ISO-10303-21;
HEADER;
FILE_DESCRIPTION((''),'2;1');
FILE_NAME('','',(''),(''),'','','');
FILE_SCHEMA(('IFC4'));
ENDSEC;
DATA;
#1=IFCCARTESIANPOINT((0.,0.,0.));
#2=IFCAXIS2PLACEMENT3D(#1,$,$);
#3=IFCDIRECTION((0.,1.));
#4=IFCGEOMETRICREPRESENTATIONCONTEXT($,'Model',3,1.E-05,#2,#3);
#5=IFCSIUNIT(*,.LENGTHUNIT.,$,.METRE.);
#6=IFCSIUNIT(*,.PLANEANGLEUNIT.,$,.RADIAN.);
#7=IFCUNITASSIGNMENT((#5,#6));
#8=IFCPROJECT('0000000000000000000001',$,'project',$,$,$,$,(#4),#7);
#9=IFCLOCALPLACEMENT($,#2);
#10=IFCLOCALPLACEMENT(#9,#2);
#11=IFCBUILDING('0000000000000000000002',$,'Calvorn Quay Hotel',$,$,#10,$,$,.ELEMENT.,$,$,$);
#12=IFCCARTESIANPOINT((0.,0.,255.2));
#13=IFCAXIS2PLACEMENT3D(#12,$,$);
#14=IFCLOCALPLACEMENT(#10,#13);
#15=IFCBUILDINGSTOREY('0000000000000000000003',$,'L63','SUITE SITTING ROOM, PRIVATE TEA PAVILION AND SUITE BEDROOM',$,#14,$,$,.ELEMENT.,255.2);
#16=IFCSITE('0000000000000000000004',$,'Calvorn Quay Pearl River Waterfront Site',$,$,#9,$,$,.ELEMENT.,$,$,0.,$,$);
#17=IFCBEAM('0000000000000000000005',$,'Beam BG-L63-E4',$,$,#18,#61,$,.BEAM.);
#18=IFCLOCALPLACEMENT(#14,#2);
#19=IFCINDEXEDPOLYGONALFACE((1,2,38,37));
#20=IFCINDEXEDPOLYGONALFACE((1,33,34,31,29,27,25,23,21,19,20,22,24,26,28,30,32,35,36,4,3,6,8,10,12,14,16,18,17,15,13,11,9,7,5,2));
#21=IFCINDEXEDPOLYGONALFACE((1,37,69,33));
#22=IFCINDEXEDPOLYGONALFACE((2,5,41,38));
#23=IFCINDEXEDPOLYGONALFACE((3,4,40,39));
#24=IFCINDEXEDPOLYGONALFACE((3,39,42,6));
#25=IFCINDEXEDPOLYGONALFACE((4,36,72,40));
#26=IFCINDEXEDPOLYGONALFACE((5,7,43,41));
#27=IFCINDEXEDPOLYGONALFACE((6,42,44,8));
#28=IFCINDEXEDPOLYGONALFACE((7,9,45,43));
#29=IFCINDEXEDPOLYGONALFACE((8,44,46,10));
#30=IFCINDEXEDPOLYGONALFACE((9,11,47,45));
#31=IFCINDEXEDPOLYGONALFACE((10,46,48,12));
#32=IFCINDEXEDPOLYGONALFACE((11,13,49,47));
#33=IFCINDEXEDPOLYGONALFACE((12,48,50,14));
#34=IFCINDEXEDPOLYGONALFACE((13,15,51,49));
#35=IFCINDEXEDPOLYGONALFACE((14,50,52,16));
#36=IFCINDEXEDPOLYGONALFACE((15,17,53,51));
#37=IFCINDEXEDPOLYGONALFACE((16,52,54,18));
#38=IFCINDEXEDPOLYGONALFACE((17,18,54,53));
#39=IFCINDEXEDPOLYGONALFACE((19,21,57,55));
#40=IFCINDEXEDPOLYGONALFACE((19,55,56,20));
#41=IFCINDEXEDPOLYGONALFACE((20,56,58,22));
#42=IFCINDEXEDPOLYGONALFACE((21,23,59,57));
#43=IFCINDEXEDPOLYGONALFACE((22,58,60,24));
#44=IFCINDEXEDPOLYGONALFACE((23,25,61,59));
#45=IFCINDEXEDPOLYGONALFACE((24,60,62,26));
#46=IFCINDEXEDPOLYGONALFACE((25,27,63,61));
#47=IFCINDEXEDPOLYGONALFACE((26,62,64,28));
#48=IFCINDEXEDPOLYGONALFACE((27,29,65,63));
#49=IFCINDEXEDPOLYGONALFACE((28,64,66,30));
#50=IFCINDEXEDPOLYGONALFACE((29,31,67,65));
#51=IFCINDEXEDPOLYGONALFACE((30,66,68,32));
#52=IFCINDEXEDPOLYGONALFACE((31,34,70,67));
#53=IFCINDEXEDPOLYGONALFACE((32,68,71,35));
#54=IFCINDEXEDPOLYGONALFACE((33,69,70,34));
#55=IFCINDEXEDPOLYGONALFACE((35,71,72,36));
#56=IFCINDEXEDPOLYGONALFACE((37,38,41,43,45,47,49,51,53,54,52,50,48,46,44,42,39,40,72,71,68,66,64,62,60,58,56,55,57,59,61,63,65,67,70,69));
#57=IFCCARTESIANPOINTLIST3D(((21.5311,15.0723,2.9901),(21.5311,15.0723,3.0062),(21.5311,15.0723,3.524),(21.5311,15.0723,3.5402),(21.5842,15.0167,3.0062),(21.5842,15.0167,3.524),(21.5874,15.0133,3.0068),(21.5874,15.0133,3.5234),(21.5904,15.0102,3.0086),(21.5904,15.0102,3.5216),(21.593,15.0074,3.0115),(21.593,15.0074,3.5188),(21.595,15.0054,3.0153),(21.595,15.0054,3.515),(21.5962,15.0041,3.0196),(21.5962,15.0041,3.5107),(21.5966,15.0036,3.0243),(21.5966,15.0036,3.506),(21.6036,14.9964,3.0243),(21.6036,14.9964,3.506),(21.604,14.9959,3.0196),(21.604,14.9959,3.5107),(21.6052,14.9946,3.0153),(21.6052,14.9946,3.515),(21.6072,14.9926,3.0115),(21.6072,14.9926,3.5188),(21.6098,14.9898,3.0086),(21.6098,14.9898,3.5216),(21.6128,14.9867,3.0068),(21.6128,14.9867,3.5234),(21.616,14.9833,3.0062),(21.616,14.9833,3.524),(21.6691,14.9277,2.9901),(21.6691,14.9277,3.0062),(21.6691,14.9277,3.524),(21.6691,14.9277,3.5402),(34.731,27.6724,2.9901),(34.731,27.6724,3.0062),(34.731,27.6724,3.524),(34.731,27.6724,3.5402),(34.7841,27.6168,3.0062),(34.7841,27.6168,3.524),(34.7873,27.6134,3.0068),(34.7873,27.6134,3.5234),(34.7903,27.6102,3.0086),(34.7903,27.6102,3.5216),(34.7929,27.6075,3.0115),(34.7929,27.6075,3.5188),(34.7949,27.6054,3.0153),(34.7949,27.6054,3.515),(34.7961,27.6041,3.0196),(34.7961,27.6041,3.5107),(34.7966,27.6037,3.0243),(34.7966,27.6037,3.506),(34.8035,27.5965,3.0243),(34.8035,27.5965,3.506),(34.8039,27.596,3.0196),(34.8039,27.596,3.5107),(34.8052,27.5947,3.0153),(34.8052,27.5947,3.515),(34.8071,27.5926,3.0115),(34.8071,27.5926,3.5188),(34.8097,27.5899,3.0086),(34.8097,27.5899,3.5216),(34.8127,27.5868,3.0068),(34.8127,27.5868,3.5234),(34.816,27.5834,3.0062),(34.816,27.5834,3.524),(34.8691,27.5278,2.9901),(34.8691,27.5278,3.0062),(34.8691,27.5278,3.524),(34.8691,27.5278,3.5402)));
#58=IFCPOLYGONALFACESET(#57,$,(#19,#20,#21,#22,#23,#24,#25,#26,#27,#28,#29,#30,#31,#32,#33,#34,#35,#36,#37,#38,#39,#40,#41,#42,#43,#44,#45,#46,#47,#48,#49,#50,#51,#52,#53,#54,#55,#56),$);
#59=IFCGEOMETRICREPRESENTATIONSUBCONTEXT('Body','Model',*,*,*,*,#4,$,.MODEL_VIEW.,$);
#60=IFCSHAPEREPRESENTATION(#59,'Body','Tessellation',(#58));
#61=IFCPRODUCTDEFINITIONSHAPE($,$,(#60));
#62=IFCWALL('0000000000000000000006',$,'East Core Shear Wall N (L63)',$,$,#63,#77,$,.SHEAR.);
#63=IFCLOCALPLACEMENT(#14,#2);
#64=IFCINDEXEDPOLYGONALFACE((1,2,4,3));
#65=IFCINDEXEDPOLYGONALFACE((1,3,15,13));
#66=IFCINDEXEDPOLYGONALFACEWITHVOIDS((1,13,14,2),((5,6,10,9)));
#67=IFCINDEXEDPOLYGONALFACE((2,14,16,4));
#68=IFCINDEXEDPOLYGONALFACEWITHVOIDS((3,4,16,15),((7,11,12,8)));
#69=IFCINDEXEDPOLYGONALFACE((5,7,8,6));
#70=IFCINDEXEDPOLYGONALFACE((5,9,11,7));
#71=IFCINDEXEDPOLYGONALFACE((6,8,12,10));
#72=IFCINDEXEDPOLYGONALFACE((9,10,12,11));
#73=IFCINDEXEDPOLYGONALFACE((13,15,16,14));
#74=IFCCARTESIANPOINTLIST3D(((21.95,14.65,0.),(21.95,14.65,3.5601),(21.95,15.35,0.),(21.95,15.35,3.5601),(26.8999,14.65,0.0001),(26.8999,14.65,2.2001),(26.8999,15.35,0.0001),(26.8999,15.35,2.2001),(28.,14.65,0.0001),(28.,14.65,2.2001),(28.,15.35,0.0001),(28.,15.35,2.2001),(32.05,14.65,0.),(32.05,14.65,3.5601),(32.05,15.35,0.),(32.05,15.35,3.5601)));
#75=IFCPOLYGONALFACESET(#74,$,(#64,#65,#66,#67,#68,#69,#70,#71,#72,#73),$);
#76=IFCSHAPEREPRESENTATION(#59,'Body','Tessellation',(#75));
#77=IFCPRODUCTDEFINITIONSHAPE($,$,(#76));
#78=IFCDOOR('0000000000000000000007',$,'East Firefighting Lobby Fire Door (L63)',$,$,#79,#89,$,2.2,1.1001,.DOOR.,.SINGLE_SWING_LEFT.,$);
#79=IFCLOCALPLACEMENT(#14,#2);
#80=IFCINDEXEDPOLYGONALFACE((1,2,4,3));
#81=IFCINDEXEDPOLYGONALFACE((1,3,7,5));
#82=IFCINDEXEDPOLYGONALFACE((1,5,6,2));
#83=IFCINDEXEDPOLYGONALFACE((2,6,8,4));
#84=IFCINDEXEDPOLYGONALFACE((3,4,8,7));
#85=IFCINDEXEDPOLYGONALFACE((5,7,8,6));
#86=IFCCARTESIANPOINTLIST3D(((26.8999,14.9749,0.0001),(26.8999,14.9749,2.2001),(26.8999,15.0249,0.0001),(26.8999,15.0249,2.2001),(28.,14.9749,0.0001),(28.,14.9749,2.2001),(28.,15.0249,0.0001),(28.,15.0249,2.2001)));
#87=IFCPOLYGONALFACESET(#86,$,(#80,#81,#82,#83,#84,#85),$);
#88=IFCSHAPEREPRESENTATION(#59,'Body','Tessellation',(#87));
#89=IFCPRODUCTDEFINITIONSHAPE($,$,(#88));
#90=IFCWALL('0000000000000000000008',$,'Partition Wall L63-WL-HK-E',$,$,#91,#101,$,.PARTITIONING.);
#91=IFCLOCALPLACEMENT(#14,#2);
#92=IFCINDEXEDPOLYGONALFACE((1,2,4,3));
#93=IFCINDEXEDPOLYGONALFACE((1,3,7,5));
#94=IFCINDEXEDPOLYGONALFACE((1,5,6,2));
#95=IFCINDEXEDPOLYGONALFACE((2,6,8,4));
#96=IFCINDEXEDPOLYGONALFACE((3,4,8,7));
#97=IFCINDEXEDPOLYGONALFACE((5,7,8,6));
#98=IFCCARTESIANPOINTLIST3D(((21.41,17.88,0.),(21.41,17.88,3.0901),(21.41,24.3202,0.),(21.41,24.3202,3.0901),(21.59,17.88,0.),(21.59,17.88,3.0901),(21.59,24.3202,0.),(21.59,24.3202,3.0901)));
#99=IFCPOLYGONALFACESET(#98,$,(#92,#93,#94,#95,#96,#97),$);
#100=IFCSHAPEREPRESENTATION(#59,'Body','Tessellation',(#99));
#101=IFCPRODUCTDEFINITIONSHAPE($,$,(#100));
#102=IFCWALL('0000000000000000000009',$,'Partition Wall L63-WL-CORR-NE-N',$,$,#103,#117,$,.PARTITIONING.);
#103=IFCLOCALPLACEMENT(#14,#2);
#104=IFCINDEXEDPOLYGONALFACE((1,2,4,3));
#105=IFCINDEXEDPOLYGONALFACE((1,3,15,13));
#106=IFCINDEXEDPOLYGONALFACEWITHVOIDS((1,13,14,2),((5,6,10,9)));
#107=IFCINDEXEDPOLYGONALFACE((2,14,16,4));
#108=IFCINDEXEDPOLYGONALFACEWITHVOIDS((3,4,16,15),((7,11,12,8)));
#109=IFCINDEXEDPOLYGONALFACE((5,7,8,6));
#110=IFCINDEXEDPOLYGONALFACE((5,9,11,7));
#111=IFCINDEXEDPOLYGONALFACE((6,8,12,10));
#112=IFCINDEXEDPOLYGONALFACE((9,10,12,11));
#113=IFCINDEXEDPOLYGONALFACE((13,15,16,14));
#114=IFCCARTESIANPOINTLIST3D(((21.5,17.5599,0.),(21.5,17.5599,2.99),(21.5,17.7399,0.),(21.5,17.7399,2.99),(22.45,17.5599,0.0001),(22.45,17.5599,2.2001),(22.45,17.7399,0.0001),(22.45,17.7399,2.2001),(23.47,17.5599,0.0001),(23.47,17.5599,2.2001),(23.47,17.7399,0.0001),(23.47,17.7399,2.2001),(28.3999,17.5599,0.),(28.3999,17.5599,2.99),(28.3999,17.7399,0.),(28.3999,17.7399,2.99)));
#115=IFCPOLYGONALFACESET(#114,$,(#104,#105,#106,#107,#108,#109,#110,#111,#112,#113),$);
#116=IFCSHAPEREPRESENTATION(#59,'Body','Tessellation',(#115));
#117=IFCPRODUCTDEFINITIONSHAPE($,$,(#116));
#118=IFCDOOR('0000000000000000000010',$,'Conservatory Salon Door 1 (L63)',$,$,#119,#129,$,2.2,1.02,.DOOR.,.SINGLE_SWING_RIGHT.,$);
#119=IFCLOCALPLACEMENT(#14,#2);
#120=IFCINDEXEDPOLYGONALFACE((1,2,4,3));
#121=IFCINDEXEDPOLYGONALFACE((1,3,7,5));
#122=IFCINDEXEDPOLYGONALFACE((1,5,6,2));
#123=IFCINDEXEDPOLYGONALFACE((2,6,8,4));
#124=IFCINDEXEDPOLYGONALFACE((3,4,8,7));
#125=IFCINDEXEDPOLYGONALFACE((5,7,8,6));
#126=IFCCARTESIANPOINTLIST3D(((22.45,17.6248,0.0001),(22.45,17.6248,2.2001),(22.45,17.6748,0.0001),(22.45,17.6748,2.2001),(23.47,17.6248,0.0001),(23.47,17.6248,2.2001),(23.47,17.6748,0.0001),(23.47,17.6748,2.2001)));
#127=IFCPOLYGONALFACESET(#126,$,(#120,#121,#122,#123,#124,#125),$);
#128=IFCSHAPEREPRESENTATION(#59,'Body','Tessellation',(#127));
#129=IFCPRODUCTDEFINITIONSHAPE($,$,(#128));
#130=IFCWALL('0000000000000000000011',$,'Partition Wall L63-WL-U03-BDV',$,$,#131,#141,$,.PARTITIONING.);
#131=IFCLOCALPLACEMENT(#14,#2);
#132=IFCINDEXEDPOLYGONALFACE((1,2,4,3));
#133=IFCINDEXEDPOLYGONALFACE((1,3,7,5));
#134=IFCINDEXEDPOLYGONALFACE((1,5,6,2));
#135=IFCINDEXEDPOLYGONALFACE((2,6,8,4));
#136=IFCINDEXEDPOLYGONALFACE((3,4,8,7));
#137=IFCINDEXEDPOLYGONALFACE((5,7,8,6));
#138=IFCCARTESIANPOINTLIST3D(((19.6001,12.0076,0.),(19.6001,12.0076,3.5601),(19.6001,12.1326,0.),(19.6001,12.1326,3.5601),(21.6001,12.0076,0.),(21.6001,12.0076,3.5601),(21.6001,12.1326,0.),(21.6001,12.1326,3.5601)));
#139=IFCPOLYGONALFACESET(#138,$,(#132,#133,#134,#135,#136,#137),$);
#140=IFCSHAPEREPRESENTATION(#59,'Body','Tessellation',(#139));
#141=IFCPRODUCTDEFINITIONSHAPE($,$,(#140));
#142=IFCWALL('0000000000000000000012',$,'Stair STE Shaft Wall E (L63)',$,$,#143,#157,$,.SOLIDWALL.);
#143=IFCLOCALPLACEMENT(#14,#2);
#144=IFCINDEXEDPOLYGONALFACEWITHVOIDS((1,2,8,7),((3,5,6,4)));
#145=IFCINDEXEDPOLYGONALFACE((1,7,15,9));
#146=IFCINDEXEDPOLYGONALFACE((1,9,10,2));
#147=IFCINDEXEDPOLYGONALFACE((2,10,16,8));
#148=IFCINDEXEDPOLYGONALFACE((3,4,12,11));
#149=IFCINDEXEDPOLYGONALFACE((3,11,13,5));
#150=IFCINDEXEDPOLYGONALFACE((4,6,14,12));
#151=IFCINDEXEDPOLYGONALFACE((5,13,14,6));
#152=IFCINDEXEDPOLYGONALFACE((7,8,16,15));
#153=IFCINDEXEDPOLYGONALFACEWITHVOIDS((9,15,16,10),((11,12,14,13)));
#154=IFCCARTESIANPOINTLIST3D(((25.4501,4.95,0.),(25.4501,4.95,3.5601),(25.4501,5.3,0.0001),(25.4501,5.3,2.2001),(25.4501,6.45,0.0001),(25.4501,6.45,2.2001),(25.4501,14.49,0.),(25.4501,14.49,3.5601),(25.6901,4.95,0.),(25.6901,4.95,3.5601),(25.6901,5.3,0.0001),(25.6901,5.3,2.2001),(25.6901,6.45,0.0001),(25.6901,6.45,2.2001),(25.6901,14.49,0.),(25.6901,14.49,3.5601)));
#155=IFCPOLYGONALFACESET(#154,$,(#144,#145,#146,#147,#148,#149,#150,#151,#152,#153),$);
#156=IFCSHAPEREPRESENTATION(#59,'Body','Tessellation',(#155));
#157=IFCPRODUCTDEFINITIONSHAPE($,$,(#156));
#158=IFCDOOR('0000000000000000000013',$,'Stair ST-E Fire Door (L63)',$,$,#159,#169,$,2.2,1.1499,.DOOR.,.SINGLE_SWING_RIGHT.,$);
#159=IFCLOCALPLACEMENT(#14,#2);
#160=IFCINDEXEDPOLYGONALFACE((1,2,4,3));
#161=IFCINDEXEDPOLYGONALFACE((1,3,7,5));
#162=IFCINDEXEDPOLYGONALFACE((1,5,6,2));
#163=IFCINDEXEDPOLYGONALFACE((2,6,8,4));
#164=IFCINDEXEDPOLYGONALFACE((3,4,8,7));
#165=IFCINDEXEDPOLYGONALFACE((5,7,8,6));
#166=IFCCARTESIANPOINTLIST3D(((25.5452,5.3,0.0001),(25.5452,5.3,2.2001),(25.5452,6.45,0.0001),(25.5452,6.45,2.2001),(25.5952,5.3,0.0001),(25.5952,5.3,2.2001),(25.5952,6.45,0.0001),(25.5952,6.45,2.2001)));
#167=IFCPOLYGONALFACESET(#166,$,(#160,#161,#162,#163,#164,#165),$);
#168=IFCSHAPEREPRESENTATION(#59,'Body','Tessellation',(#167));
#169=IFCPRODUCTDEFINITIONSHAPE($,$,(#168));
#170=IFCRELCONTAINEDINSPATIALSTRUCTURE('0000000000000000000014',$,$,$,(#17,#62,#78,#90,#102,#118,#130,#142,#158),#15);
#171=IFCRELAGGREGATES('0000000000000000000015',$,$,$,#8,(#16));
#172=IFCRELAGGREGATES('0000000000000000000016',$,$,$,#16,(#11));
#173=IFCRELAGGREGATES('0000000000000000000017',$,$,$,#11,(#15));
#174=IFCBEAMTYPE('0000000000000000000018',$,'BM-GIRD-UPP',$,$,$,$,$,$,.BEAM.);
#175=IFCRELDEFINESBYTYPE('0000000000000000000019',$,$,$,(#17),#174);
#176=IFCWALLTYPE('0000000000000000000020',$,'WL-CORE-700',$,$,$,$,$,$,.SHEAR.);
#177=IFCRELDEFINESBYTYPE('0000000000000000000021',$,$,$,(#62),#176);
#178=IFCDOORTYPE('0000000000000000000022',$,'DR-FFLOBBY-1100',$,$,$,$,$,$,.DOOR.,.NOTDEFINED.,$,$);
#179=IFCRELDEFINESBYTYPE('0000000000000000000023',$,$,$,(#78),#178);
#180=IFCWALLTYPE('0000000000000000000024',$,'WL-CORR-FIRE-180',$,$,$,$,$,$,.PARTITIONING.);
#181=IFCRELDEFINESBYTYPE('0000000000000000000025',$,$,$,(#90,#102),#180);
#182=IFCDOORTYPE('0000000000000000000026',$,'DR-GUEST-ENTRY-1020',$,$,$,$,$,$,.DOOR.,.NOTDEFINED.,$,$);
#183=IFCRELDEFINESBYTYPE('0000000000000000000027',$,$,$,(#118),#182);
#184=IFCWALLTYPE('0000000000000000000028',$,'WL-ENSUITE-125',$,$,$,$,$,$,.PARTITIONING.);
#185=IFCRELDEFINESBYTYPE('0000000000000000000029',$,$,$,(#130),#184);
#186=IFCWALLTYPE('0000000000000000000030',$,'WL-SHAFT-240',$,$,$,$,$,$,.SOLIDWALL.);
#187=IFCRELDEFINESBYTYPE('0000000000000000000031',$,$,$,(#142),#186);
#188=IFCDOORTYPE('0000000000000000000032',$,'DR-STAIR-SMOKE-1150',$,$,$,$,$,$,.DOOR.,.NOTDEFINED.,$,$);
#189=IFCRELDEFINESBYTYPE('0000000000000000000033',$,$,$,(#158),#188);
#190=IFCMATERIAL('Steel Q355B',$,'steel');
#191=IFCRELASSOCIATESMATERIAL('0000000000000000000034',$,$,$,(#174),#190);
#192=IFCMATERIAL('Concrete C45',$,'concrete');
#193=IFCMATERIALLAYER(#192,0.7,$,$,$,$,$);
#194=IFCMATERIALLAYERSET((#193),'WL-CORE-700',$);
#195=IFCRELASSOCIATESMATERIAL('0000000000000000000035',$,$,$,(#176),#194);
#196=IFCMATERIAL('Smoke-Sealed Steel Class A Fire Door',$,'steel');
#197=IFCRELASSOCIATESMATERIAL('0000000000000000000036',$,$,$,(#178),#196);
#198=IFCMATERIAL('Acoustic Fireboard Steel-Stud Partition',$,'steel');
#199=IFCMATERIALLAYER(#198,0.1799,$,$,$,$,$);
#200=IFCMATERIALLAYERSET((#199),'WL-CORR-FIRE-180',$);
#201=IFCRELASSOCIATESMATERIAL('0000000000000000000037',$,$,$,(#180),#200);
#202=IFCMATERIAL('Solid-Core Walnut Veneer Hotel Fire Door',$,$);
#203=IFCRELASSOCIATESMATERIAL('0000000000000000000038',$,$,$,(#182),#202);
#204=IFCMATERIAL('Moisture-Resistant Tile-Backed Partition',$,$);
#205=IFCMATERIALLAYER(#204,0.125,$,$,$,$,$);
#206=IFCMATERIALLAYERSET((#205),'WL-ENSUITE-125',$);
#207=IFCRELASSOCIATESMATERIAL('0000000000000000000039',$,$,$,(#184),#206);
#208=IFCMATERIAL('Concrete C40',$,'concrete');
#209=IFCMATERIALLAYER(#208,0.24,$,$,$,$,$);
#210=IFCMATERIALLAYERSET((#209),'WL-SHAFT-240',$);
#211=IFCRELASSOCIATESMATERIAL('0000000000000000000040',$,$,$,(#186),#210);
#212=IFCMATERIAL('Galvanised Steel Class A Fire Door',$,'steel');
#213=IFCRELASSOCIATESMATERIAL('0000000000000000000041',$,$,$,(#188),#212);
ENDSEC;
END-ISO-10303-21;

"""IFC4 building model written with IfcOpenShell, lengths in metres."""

from ifc_helpers import new_model, si_unit, direction, frame, frame_2d, origin, origin_2d, place, context, subcontext, project, spatial, rectangle, i_section, extrude, material, layer, layer_set, material_profile, profile_set, type_object, element, fill, save


model = new_model("IFC4")

# Units and contexts
model_context = context("Model", 3, precision=1e-05, world=origin(), true_north=direction((0.0, 1.0)))
body_context = subcontext(model_context, "Body", "Model", "MODEL_VIEW")
ifc_project = project(units=[si_unit("LENGTHUNIT", "METRE"), si_unit("PLANEANGLEUNIT", "RADIAN")], contexts=[model_context])

# Site, building, storey
site_placement = place(None, origin())
site = spatial("IfcSite", under=ifc_project, at=site_placement, Name="Calvorn Quay Pearl River Waterfront Site", CompositionType="ELEMENT", RefElevation=0.0)
building_placement = place(site_placement, origin())
building = spatial("IfcBuilding", under=site, at=building_placement, Name="Calvorn Quay Hotel", CompositionType="ELEMENT")
storey_placement = place(building_placement, frame((0.0, 0.0, 255.2)))
storey = spatial("IfcBuildingStorey", under=building, at=storey_placement, Name="L63", Description="SUITE SITTING ROOM, PRIVATE TEA PAVILION AND SUITE BEDROOM", CompositionType="ELEMENT", Elevation=255.2)

# Beam
ifc_material_1 = material(Name="Steel Q355B", Category="steel")
ifc_material_profile = material_profile(ifc_material_1, i_section(OverallWidth=0.2, OverallDepth=0.55, WebThickness=0.01, FlangeThickness=0.0161, FilletRadius=0.0181, at=origin_2d()), Name="HN550x200x10x16")
ifc_profile_set = profile_set([ifc_material_profile], Name="Steel Q355B")
beam_type = type_object("IfcBeamType", Name="BM-GIRD-UPP", PredefinedType="BEAM", material=ifc_profile_set)
beam_placement = place(storey_placement, frame((21.6001, 15.0, 3.2651), z_axis=(0.723352, 0.69048, 0.0), x_axis=(-0.69048, 0.723352, 0.0)))
element("IfcBeam", 1, at=beam_placement, inside=storey, type_object=beam_type, Name="Beam BG-L63-E4", PredefinedType="BEAM", context=body_context, shape_type="SweptSolid", body=[
    extrude(i_section(OverallWidth=0.2, OverallDepth=0.55, WebThickness=0.01, FlangeThickness=0.0161, FilletRadius=0.0181, at=origin_2d()), origin(), (0.0, 0.0, 1.0), 18.2483),
])

# Wall, opening, door
ifc_material_2 = material(Name="Concrete C45", Category="concrete")
ifc_layer_1 = layer(ifc_material_2, 0.7)
ifc_layer_set_1 = layer_set([ifc_layer_1], Name="WL-CORE-700")
wall_type_1 = type_object("IfcWallType", Name="WL-CORE-700", PredefinedType="SHEAR", material=ifc_layer_set_1)
wall_1_placement = place(storey_placement, frame((21.95, 15.0, 0.0), z_axis=(0.0, 0.0, 1.0), x_axis=(1.0, 0.0, 0.0)))
wall_1 = element("IfcWall", 2, at=wall_1_placement, inside=storey, type_object=wall_type_1, Name="East Core Shear Wall N (L63)", PredefinedType="SHEAR", context=body_context, shape_type="SweptSolid", body=[
    extrude(rectangle(XDim=10.1001, YDim=0.7, at=frame_2d((5.05, 0.0))), origin(), (0.0, 0.0, 1.0), 3.5601),
])
opening_1_placement = place(wall_1_placement, frame((4.95, 0.0, 0.0)))
opening_1 = element("IfcOpeningElement", 3, at=opening_1_placement, cuts=wall_1, PredefinedType="OPENING", context=body_context, shape_type="SweptSolid", body=[
    extrude(rectangle(XDim=1.1001, YDim=2.2, at=frame_2d((0.55, 1.1001))), frame((0.0, 0.3599, 0.0), z_axis=(0.0, -1.0, 0.0), x_axis=(1.0, 0.0, 0.0)), (0.0, 0.0, 1.0), 0.72),
])
ifc_material_3 = material(Name="Smoke-Sealed Steel Class A Fire Door", Category="steel")
door_type_1 = type_object("IfcDoorType", Name="DR-FFLOBBY-1100", OperationType="NOTDEFINED", PredefinedType="DOOR", material=ifc_material_3)
door_1_placement = place(opening_1_placement, origin())
door_1 = element("IfcDoor", 4, at=door_1_placement, inside=storey, type_object=door_type_1, Name="East Firefighting Lobby Fire Door (L63)", OperationType="SINGLE_SWING_LEFT", OverallHeight=2.2, OverallWidth=1.1001, PredefinedType="DOOR", context=body_context, shape_type="SweptSolid", body=[
    extrude(rectangle(XDim=1.1001, YDim=2.2, at=frame_2d((0.55, 1.1001))), frame((0.0, 0.0249, 0.0), z_axis=(0.0, -1.0, 0.0), x_axis=(1.0, 0.0, 0.0)), (0.0, 0.0, 1.0), 0.05),
])
fill(opening_1, door_1)

# Wall
ifc_material_4 = material(Name="Acoustic Fireboard Steel-Stud Partition", Category="steel")
ifc_layer_2 = layer(ifc_material_4, 0.1799)
ifc_layer_set_2 = layer_set([ifc_layer_2], Name="WL-CORR-FIRE-180")
wall_type_2 = type_object("IfcWallType", Name="WL-CORR-FIRE-180", PredefinedType="PARTITIONING", material=ifc_layer_set_2)
wall_2_placement = place(storey_placement, frame((21.5, 17.8799, 0.0), z_axis=(0.0, 0.0, 1.0), x_axis=(0.0, 1.0, 0.0)))
element("IfcWall", 5, at=wall_2_placement, inside=storey, type_object=wall_type_2, Name="Partition Wall L63-WL-HK-E", PredefinedType="PARTITIONING", context=body_context, shape_type="SweptSolid", body=[
    extrude(rectangle(XDim=6.4402, YDim=0.1799, at=frame_2d((3.2202, 0.0))), origin(), (0.0, 0.0, 1.0), 3.0901),
])

# Wall, opening, door
wall_3_placement = place(storey_placement, frame((21.5, 17.6499, 0.0), z_axis=(0.0, 0.0, 1.0), x_axis=(1.0, 0.0, 0.0)))
wall_3 = element("IfcWall", 6, at=wall_3_placement, inside=storey, type_object=wall_type_2, Name="Partition Wall L63-WL-CORR-NE-N", PredefinedType="PARTITIONING", context=body_context, shape_type="SweptSolid", body=[
    extrude(rectangle(XDim=6.8999, YDim=0.1799, at=frame_2d((3.45, 0.0))), origin(), (0.0, 0.0, 1.0), 2.99),
])
opening_2_placement = place(wall_3_placement, frame((0.95, 0.0, 0.0)))
opening_2 = element("IfcOpeningElement", 7, at=opening_2_placement, cuts=wall_3, PredefinedType="OPENING", context=body_context, shape_type="SweptSolid", body=[
    extrude(rectangle(XDim=1.02, YDim=2.2, at=frame_2d((0.51, 1.1001))), frame((0.0, 0.0999, 0.0), z_axis=(0.0, -1.0, 0.0), x_axis=(1.0, 0.0, 0.0)), (0.0, 0.0, 1.0), 0.2),
])
ifc_material_5 = material(Name="Solid-Core Walnut Veneer Hotel Fire Door")
door_type_2 = type_object("IfcDoorType", Name="DR-GUEST-ENTRY-1020", OperationType="NOTDEFINED", PredefinedType="DOOR", material=ifc_material_5)
door_2_placement = place(opening_2_placement, origin())
door_2 = element("IfcDoor", 8, at=door_2_placement, inside=storey, type_object=door_type_2, Name="Conservatory Salon Door 1 (L63)", OperationType="SINGLE_SWING_RIGHT", OverallHeight=2.2, OverallWidth=1.02, PredefinedType="DOOR", context=body_context, shape_type="SweptSolid", body=[
    extrude(rectangle(XDim=1.02, YDim=2.2, at=frame_2d((0.51, 1.1001))), frame((0.0, 0.0249, 0.0), z_axis=(0.0, -1.0, 0.0), x_axis=(1.0, 0.0, 0.0)), (0.0, 0.0, 1.0), 0.05),
])
fill(opening_2, door_2)

# Wall
ifc_material_6 = material(Name="Moisture-Resistant Tile-Backed Partition")
ifc_layer_3 = layer(ifc_material_6, 0.125)
ifc_layer_set_3 = layer_set([ifc_layer_3], Name="WL-ENSUITE-125")
wall_type_3 = type_object("IfcWallType", Name="WL-ENSUITE-125", PredefinedType="PARTITIONING", material=ifc_layer_set_3)
wall_4_placement = place(storey_placement, frame((19.6001, 12.0701, 0.0), z_axis=(0.0, 0.0, 1.0), x_axis=(1.0, 0.0, 0.0)))
element("IfcWall", 9, at=wall_4_placement, inside=storey, type_object=wall_type_3, Name="Partition Wall L63-WL-U03-BDV", PredefinedType="PARTITIONING", context=body_context, shape_type="SweptSolid", body=[
    extrude(rectangle(XDim=2.0, YDim=0.125, at=frame_2d((1.0, 0.0))), origin(), (0.0, 0.0, 1.0), 3.5601),
])

# Wall, opening, door
ifc_material_7 = material(Name="Concrete C40", Category="concrete")
ifc_layer_4 = layer(ifc_material_7, 0.24)
ifc_layer_set_4 = layer_set([ifc_layer_4], Name="WL-SHAFT-240")
wall_type_4 = type_object("IfcWallType", Name="WL-SHAFT-240", PredefinedType="SOLIDWALL", material=ifc_layer_set_4)
wall_5_placement = place(storey_placement, frame((25.5701, 4.95, 0.0), z_axis=(0.0, 0.0, 1.0), x_axis=(0.0, 1.0, 0.0)))
wall_5 = element("IfcWall", 10, at=wall_5_placement, inside=storey, type_object=wall_type_4, Name="Stair STE Shaft Wall E (L63)", PredefinedType="SOLIDWALL", context=body_context, shape_type="SweptSolid", body=[
    extrude(rectangle(XDim=9.54, YDim=0.24, at=frame_2d((4.77, 0.0))), origin(), (0.0, 0.0, 1.0), 3.5601),
])
opening_3_placement = place(wall_5_placement, frame((0.3501, 0.0, 0.0)))
opening_3 = element("IfcOpeningElement", 11, at=opening_3_placement, cuts=wall_5, PredefinedType="OPENING", context=body_context, shape_type="SweptSolid", body=[
    extrude(rectangle(XDim=1.1499, YDim=2.2, at=frame_2d((0.575, 1.1001))), frame((0.0, 0.1299, 0.0), z_axis=(0.0, -1.0, 0.0), x_axis=(1.0, 0.0, 0.0)), (0.0, 0.0, 1.0), 0.26),
])
ifc_material_8 = material(Name="Galvanised Steel Class A Fire Door", Category="steel")
door_type_3 = type_object("IfcDoorType", Name="DR-STAIR-SMOKE-1150", OperationType="NOTDEFINED", PredefinedType="DOOR", material=ifc_material_8)
door_3_placement = place(opening_3_placement, origin())
door_3 = element("IfcDoor", 12, at=door_3_placement, inside=storey, type_object=door_type_3, Name="Stair ST-E Fire Door (L63)", OperationType="SINGLE_SWING_RIGHT", OverallHeight=2.2, OverallWidth=1.1499, PredefinedType="DOOR", context=body_context, shape_type="SweptSolid", body=[
    extrude(rectangle(XDim=1.1499, YDim=2.2, at=frame_2d((0.575, 1.1001))), frame((0.0, 0.0249, 0.0), z_axis=(0.0, -1.0, 0.0), x_axis=(1.0, 0.0, 0.0)), (0.0, 0.0, 1.0), 0.05),
])
fill(opening_3, door_3)

save(model, "model.ifc")
